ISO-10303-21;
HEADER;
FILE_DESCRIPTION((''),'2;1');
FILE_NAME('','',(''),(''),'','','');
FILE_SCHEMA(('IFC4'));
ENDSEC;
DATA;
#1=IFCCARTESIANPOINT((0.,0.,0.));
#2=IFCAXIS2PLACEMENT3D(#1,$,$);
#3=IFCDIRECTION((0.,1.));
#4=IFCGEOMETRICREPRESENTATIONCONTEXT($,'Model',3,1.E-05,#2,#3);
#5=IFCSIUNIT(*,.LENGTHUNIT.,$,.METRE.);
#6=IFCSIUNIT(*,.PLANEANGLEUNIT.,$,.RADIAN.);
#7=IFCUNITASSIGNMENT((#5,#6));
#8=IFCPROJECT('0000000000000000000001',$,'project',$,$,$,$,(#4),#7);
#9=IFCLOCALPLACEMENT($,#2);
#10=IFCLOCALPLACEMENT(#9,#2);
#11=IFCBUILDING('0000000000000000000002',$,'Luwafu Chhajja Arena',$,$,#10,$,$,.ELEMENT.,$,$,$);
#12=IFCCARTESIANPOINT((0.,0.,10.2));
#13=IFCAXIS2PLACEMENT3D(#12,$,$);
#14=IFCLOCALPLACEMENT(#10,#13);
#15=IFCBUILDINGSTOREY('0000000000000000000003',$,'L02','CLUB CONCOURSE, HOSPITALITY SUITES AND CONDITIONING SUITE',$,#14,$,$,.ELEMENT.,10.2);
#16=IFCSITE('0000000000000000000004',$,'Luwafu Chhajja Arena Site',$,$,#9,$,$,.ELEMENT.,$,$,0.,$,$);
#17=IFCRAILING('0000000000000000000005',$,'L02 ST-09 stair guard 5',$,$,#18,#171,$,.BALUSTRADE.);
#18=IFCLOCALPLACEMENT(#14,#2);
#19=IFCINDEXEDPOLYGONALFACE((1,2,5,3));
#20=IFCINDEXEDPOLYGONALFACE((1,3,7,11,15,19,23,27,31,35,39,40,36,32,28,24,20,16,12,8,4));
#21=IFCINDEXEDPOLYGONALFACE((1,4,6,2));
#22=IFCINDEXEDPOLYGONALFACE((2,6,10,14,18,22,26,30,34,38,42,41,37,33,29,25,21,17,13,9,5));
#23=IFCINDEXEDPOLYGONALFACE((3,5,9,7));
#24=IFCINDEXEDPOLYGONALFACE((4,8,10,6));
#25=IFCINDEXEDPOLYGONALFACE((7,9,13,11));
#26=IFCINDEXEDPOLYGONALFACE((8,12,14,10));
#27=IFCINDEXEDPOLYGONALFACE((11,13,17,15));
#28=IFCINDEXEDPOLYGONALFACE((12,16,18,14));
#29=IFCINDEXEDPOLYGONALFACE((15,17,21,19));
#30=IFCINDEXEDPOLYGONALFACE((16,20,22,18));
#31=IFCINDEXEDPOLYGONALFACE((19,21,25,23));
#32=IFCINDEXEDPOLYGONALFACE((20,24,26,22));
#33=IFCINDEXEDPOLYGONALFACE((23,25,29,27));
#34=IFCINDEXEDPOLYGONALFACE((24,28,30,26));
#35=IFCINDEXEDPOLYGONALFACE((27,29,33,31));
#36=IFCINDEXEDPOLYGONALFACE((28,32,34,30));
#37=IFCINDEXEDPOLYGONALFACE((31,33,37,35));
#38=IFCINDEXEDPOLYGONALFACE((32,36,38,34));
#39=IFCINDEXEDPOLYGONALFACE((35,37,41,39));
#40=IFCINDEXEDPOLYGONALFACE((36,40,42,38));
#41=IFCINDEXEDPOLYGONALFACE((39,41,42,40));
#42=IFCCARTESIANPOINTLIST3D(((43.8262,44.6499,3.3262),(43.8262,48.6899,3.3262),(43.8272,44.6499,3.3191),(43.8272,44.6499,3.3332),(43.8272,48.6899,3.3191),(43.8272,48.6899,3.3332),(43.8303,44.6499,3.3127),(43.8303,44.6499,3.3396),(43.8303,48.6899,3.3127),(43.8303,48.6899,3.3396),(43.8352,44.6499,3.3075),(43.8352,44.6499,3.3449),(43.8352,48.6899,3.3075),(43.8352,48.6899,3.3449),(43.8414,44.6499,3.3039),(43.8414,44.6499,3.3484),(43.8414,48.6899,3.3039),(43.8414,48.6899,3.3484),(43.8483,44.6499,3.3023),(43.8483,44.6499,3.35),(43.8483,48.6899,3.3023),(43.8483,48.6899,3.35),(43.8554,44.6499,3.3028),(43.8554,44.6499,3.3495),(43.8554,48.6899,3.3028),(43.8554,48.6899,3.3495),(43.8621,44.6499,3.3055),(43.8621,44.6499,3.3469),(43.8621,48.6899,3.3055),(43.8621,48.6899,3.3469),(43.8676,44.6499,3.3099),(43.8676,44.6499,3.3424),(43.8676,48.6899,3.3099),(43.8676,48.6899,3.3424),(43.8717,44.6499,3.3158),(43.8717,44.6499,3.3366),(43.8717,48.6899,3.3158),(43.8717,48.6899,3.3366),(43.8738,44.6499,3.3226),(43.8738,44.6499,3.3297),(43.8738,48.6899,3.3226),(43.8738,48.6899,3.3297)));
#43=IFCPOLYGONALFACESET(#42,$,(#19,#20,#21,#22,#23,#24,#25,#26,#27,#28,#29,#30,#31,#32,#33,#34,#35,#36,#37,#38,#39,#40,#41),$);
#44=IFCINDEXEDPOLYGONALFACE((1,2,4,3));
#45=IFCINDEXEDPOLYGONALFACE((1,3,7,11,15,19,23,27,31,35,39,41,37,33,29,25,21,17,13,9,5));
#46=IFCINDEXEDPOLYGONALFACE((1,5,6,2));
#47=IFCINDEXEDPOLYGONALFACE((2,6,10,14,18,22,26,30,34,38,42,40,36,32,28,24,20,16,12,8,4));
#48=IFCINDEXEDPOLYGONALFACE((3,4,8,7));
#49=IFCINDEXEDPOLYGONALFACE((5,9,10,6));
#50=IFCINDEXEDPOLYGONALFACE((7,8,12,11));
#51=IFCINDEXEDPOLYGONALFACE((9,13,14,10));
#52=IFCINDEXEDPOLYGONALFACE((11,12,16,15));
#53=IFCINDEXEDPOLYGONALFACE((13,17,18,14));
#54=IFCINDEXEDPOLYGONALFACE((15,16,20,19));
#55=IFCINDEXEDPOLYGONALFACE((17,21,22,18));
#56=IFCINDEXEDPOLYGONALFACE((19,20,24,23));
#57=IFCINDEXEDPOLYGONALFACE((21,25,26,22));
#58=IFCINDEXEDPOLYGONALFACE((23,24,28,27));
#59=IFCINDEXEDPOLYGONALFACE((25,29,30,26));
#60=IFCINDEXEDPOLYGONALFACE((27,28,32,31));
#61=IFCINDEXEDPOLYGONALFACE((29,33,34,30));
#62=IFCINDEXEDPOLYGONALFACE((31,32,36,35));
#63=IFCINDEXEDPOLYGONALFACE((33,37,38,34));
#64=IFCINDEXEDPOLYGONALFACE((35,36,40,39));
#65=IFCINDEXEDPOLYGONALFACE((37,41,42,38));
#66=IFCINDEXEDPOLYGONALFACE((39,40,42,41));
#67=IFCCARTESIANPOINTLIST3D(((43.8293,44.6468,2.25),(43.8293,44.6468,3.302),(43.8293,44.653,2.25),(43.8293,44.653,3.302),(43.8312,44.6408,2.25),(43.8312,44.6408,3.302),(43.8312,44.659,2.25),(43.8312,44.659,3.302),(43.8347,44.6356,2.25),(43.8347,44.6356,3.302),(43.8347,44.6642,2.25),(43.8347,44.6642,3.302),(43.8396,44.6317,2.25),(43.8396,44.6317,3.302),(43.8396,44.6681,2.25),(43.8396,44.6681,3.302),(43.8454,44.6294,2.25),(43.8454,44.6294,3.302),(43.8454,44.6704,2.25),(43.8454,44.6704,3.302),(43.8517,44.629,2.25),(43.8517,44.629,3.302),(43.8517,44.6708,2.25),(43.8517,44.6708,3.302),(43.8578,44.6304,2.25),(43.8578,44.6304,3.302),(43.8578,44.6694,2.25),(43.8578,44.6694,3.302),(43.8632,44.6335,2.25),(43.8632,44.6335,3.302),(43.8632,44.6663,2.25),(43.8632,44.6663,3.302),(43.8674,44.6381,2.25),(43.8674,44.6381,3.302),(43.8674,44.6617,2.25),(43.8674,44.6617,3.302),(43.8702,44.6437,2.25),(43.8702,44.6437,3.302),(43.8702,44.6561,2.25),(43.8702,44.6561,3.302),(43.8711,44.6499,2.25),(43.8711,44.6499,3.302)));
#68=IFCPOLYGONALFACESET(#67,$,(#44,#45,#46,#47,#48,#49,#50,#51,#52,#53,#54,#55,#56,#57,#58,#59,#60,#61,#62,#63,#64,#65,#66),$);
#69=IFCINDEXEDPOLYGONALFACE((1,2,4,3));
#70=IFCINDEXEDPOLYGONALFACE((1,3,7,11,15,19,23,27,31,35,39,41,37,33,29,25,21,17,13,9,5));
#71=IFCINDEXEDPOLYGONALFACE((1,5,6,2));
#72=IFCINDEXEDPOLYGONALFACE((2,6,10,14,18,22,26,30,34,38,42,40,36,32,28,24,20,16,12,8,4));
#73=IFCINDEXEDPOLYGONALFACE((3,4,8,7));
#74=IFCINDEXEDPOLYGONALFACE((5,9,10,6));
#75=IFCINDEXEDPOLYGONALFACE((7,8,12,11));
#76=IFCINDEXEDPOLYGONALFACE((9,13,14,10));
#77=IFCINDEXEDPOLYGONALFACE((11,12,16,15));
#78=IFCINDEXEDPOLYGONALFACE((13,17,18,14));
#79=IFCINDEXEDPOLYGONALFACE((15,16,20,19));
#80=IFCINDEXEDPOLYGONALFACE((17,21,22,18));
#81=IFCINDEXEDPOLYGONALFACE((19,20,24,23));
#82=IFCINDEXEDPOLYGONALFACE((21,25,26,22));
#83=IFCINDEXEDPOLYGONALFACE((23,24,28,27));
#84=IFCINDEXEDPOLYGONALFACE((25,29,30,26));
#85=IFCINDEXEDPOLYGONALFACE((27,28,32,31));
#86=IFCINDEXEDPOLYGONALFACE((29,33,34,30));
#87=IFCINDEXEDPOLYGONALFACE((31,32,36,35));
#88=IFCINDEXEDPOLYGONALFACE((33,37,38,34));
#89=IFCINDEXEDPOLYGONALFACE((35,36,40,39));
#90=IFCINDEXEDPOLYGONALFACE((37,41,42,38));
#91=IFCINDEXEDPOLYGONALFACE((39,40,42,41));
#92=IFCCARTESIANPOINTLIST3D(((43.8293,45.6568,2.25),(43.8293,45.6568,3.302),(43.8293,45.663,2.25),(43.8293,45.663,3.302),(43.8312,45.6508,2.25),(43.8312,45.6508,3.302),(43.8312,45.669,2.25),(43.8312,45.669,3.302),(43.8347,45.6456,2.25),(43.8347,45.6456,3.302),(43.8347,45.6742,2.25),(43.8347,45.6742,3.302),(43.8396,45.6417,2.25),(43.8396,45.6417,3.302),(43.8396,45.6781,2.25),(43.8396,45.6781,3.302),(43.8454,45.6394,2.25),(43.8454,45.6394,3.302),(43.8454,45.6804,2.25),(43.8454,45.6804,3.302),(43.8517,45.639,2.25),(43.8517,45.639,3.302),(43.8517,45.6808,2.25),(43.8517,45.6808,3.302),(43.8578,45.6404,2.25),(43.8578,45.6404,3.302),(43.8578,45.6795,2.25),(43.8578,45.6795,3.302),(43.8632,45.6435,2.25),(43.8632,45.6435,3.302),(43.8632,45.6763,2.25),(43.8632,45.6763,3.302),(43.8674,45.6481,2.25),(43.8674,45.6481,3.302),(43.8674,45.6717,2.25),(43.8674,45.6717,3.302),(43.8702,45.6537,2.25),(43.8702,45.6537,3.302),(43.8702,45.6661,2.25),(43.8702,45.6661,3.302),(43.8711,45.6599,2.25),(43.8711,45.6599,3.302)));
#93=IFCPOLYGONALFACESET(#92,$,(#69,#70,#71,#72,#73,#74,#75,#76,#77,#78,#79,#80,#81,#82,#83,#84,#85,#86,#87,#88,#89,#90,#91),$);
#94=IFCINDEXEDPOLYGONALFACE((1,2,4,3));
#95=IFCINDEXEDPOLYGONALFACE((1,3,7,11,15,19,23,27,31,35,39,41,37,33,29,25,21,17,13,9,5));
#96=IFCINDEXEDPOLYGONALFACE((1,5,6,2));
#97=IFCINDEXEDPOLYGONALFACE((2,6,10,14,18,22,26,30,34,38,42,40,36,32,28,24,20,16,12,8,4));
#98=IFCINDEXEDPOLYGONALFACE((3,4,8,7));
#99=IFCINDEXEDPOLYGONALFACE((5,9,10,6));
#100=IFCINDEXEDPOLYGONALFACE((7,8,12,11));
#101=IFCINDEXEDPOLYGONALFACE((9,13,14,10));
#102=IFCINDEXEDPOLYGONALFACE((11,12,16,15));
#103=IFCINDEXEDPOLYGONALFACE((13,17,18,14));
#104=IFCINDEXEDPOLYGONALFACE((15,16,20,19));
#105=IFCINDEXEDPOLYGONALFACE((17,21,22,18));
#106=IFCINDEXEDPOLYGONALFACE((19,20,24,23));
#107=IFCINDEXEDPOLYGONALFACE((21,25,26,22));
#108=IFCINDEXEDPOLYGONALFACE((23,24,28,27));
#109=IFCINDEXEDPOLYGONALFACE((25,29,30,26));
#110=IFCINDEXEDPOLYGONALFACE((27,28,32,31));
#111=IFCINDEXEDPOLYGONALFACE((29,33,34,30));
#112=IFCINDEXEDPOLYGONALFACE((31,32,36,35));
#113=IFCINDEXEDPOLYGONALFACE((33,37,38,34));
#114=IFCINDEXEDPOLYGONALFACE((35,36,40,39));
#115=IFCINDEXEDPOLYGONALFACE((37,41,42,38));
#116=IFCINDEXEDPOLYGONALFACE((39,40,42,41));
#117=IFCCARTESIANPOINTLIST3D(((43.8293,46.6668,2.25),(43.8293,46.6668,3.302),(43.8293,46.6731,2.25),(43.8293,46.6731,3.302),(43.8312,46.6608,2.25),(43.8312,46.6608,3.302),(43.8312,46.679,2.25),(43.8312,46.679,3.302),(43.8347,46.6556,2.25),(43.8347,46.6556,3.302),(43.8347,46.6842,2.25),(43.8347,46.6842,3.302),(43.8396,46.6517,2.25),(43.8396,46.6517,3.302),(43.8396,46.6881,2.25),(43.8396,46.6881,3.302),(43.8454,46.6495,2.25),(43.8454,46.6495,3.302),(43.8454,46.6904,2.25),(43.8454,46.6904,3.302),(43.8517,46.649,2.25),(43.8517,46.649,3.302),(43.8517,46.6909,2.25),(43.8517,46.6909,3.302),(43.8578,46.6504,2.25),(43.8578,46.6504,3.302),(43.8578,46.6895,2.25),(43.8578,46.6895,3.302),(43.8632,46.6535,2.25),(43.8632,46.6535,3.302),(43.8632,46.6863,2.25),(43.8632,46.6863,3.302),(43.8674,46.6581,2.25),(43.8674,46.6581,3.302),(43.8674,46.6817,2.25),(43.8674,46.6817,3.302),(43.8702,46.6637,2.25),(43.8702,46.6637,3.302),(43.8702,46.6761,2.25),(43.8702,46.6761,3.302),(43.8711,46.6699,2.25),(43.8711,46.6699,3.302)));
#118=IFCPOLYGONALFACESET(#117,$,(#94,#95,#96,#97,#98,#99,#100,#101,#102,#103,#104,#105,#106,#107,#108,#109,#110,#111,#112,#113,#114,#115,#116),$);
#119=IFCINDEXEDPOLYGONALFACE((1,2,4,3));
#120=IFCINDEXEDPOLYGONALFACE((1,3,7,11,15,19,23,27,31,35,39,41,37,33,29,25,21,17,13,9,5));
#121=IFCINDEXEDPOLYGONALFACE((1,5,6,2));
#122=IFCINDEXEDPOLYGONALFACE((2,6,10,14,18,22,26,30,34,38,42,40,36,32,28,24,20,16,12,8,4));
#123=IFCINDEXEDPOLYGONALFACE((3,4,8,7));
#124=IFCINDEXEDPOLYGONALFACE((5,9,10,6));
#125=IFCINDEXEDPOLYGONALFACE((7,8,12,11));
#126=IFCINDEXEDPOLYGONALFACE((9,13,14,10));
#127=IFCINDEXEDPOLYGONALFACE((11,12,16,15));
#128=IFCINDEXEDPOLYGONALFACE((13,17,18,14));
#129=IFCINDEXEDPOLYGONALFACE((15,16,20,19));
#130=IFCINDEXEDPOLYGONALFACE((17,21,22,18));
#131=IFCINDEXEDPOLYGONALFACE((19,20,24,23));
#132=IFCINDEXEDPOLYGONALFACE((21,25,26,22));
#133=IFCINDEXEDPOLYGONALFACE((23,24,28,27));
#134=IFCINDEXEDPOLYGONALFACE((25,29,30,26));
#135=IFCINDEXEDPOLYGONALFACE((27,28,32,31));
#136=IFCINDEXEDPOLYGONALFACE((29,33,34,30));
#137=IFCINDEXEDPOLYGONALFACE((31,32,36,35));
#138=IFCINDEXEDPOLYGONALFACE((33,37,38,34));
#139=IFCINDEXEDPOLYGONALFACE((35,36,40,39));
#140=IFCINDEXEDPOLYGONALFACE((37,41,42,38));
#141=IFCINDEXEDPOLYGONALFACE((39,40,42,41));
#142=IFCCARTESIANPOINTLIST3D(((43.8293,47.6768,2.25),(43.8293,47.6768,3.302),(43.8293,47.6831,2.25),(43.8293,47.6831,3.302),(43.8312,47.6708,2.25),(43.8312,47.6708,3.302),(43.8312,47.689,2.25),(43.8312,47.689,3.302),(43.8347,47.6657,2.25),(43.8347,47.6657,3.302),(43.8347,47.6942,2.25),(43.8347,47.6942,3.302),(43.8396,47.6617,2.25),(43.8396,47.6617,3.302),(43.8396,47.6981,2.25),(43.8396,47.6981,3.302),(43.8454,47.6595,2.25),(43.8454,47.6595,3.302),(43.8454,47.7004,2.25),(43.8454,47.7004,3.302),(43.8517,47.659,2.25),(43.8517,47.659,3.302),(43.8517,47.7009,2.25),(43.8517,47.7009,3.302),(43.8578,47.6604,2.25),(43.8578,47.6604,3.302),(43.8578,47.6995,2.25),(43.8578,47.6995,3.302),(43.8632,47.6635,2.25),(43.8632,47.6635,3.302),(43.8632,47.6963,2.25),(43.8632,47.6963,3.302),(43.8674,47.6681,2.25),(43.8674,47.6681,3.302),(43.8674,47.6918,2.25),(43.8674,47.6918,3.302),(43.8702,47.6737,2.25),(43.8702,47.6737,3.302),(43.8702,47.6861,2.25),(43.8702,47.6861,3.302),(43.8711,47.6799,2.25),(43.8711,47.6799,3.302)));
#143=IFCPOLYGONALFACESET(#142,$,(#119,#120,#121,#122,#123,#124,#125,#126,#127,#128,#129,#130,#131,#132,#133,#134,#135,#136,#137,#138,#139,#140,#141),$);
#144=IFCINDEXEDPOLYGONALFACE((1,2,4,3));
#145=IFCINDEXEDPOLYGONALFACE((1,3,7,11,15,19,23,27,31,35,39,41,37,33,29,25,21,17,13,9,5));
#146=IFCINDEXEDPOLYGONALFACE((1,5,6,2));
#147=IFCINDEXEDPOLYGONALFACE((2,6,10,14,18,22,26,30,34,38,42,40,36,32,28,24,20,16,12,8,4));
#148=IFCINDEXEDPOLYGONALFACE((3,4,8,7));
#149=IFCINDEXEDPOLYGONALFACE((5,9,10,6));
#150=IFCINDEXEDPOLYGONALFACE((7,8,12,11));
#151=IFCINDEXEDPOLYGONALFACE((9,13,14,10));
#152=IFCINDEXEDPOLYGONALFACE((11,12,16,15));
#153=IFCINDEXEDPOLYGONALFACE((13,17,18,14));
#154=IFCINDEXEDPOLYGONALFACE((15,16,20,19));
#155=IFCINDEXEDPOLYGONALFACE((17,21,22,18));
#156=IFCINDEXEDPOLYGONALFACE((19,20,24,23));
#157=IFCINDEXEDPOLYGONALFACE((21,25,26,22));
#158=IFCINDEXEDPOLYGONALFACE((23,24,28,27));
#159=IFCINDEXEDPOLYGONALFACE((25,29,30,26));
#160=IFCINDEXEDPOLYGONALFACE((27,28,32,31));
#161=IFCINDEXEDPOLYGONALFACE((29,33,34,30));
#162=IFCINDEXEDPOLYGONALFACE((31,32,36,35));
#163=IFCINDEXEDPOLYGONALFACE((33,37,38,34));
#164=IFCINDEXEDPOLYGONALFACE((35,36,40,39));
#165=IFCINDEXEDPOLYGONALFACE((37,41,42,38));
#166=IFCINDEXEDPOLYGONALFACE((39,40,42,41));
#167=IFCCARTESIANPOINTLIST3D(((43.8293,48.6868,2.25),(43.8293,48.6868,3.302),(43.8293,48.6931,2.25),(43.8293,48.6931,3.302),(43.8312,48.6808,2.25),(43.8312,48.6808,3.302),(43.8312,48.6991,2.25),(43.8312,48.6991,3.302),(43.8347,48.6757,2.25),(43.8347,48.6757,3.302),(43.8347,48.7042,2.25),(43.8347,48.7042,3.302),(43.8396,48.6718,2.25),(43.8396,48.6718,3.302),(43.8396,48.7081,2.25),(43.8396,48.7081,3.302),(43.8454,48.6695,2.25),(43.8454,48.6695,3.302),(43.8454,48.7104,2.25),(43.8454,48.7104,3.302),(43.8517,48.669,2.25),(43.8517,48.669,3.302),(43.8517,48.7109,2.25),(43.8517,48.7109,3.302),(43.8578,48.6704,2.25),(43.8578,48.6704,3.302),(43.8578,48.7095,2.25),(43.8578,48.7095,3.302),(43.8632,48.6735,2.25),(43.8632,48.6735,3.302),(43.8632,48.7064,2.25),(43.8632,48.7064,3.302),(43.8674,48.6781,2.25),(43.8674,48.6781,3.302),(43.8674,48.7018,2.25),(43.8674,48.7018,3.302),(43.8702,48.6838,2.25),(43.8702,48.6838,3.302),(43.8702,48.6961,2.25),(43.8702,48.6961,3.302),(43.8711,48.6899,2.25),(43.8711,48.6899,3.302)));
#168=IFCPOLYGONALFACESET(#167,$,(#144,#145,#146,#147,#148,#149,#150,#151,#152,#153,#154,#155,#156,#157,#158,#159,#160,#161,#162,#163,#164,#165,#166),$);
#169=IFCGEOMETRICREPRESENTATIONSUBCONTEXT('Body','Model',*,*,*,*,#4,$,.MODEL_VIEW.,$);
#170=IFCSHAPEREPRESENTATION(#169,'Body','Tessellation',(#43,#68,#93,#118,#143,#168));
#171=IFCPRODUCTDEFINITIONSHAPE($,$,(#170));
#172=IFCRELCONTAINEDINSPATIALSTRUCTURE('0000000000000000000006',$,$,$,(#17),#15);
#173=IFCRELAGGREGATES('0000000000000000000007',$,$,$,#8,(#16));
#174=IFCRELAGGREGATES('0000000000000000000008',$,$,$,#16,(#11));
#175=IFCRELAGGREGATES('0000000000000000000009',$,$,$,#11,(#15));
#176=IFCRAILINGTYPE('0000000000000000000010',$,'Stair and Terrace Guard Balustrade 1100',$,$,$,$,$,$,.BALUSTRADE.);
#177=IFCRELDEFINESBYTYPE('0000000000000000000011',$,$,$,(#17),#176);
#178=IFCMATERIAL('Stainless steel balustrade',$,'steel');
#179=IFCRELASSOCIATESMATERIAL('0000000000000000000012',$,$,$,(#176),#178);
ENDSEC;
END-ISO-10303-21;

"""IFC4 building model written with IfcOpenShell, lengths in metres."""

from ifc_helpers import new_model, si_unit, direction, frame, origin, origin_2d, place, context, subcontext, project, spatial, circle, extrude, material, type_object, element, save


model = new_model("IFC4")

# Units and contexts
model_context = context("Model", 3, precision=1e-05, world=origin(), true_north=direction((0.0, 1.0)))
body_context = subcontext(model_context, "Body", "Model", "MODEL_VIEW")
ifc_project = project(units=[si_unit("LENGTHUNIT", "METRE"), si_unit("PLANEANGLEUNIT", "RADIAN")], contexts=[model_context])

# Site, building, storey
site_placement = place(None, origin())
site = spatial("IfcSite", under=ifc_project, at=site_placement, Name="Luwafu Chhajja Arena Site", CompositionType="ELEMENT", RefElevation=0.0)
building_placement = place(site_placement, origin())
building = spatial("IfcBuilding", under=site, at=building_placement, Name="Luwafu Chhajja Arena", CompositionType="ELEMENT")
storey_placement = place(building_placement, frame((0.0, 0.0, 10.2)))
storey = spatial("IfcBuildingStorey", under=building, at=storey_placement, Name="L02", Description="CLUB CONCOURSE, HOSPITALITY SUITES AND CONDITIONING SUITE", CompositionType="ELEMENT", Elevation=10.2)

# Railing
ifc_material_1 = material(Name="Stainless steel balustrade", Category="steel")
railing_type_1 = type_object("IfcRailingType", Name="Stair and Terrace Guard Balustrade 1100", PredefinedType="BALUSTRADE", material=ifc_material_1)
railing_1_placement = place(storey_placement, frame((43.8501, 44.6499, 2.25)))
element("IfcRailing", 1, at=railing_1_placement, inside=storey, type_object=railing_type_1, Name="L02 ST-09 stair guard 5", PredefinedType="BALUSTRADE", context=body_context, shape_type="SweptSolid", body=[
    extrude(circle(Radius=0.0239, at=origin_2d()), frame((0.0, 0.0, 1.0762), z_axis=(0.0, 1.0, 0.0), x_axis=(-1.0, 0.0, 0.0)), (0.0, 0.0, 1.0), 4.04),
    extrude(circle(Radius=0.021, at=origin_2d()), origin(), (0.0, 0.0, 1.0), 1.052),
    extrude(circle(Radius=0.021, at=origin_2d()), frame((0.0, 1.01, 0.0)), (0.0, 0.0, 1.0), 1.052),
    extrude(circle(Radius=0.021, at=origin_2d()), frame((0.0, 2.02, 0.0)), (0.0, 0.0, 1.0), 1.052),
    extrude(circle(Radius=0.021, at=origin_2d()), frame((0.0, 3.03, 0.0)), (0.0, 0.0, 1.0), 1.052),
    extrude(circle(Radius=0.021, at=origin_2d()), frame((0.0, 4.04, 0.0)), (0.0, 0.0, 1.0), 1.052),
])

save(model, "model.ifc")
